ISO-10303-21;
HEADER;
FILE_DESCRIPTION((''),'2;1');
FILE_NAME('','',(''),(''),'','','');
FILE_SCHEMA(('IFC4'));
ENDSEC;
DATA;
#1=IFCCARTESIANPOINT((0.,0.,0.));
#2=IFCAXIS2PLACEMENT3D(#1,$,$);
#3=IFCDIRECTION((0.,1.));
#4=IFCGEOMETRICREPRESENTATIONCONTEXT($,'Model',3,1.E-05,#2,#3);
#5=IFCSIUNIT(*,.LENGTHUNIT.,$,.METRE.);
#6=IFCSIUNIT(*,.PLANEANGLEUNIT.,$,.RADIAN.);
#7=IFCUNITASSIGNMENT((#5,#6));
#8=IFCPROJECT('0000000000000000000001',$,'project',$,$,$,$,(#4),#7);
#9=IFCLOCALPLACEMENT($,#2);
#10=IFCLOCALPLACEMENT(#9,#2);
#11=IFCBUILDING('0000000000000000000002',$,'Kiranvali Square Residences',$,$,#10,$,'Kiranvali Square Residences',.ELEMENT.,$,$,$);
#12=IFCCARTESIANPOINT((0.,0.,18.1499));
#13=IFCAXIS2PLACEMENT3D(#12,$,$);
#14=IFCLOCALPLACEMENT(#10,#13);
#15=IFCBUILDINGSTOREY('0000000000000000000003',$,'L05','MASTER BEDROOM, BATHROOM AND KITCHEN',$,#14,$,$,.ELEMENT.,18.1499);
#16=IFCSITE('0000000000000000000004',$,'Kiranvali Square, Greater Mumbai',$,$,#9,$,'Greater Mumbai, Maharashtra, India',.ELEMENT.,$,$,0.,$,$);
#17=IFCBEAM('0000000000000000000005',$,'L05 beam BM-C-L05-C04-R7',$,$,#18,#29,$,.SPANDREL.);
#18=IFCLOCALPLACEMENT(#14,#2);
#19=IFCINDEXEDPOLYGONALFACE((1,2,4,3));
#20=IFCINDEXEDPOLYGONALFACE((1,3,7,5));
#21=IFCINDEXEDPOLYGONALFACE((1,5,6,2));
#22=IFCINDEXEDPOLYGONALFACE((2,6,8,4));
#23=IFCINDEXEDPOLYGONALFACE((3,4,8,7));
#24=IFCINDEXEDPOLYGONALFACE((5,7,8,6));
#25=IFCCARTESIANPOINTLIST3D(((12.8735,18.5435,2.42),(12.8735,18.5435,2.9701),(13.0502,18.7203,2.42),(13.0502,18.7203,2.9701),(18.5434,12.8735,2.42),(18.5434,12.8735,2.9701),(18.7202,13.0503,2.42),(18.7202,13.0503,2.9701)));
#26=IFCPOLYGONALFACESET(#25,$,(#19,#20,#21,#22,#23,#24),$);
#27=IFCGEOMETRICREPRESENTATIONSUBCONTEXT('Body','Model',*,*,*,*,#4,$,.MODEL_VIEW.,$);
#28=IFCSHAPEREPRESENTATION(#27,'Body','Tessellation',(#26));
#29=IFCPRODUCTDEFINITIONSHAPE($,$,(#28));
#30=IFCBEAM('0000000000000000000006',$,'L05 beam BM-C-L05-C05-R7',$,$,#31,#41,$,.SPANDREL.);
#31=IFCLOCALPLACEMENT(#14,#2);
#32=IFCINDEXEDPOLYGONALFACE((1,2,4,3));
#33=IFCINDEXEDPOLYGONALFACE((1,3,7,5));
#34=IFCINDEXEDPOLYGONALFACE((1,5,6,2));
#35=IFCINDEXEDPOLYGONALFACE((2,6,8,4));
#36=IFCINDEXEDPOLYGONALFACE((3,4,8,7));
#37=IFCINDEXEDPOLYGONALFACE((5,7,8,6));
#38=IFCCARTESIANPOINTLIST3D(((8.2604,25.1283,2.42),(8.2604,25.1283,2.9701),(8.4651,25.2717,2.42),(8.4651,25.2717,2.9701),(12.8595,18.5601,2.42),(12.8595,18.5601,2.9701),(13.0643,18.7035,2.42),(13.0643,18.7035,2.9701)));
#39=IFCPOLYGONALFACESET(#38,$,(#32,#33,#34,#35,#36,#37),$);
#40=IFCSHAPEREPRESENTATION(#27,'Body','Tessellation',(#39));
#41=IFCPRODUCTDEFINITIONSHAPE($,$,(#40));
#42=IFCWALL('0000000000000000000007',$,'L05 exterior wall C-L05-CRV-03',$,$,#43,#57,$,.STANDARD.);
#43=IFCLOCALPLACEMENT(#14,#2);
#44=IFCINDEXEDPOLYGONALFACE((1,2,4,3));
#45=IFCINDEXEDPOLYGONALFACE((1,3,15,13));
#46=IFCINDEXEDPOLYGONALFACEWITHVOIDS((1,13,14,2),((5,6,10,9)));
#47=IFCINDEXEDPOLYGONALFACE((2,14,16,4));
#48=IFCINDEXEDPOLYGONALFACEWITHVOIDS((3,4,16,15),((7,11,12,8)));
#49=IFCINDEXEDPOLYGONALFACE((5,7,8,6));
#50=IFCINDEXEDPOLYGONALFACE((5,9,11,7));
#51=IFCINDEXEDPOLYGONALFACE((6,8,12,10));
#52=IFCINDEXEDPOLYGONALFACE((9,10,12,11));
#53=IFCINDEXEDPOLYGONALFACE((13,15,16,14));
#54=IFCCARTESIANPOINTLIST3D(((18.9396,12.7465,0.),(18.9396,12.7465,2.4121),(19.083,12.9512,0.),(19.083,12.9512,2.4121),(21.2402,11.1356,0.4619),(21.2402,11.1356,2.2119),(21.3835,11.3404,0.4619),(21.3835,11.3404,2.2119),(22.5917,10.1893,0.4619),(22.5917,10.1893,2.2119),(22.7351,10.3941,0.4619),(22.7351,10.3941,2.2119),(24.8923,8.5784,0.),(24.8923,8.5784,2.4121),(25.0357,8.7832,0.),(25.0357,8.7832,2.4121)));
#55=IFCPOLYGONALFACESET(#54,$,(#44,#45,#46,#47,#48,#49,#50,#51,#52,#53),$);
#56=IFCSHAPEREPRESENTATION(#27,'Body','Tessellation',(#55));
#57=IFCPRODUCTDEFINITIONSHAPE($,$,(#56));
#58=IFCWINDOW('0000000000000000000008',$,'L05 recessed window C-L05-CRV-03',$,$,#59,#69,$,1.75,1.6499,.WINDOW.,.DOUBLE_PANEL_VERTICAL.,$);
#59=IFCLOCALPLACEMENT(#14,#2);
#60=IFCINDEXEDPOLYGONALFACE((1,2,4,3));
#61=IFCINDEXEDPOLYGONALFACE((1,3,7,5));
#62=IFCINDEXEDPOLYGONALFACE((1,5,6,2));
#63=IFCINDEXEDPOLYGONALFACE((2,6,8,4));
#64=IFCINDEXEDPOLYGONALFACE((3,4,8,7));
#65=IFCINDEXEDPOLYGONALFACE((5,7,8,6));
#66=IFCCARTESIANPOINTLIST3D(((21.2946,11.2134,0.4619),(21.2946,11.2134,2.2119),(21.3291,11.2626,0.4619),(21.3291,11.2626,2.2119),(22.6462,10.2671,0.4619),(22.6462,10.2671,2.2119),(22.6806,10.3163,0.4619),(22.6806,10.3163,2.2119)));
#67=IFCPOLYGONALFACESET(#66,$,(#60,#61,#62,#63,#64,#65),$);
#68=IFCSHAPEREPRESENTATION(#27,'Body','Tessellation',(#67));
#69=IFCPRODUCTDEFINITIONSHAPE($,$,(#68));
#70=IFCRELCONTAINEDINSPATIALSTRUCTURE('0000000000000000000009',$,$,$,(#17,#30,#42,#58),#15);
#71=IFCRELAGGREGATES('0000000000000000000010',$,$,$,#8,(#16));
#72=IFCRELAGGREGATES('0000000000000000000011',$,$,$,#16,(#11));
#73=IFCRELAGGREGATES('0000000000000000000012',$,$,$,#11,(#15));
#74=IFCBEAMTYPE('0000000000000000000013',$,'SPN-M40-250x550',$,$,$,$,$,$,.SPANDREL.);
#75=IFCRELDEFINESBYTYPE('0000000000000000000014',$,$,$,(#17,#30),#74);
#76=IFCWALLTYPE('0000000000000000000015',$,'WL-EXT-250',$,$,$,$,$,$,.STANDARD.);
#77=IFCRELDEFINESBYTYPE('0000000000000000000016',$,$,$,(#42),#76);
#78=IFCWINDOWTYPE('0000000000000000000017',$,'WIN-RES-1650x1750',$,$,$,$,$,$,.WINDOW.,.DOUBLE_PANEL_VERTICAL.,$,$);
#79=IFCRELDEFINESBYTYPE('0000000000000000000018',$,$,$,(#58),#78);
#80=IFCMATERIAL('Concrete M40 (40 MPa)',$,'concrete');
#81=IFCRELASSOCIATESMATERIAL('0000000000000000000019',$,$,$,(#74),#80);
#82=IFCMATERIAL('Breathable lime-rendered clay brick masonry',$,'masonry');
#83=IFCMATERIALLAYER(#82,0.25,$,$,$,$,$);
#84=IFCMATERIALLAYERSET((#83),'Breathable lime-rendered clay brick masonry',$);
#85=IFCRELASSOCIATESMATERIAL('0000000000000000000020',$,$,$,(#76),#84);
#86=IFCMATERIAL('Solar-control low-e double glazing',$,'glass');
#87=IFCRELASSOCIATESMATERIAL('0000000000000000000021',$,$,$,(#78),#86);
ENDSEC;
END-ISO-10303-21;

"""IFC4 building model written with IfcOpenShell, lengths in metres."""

from ifc_helpers import new_model, si_unit, direction, frame, frame_2d, origin, origin_2d, place, context, subcontext, project, spatial, rectangle, extrude, material, layer, layer_set, material_profile, profile_set, type_object, element, fill, save


model = new_model("IFC4")

# Units and contexts
model_context = context("Model", 3, precision=1e-05, world=origin(), true_north=direction((0.0, 1.0)))
body_context = subcontext(model_context, "Body", "Model", "MODEL_VIEW")
ifc_project = project(units=[si_unit("LENGTHUNIT", "METRE"), si_unit("PLANEANGLEUNIT", "RADIAN")], contexts=[model_context])

# Site, building, storey
site_placement = place(None, origin())
site = spatial("IfcSite", under=ifc_project, at=site_placement, Name="Kiranvali Square, Greater Mumbai", LongName="Greater Mumbai, Maharashtra, India", CompositionType="ELEMENT", RefElevation=0.0)
building_placement = place(site_placement, origin())
building = spatial("IfcBuilding", under=site, at=building_placement, Name="Kiranvali Square Residences", LongName="Kiranvali Square Residences", CompositionType="ELEMENT")
storey_placement = place(building_placement, frame((0.0, 0.0, 18.1499)))
storey = spatial("IfcBuildingStorey", under=building, at=storey_placement, Name="L05", Description="MASTER BEDROOM, BATHROOM AND KITCHEN", CompositionType="ELEMENT", Elevation=18.1499)

# Beams
ifc_material_1 = material(Name="Concrete M40 (40 MPa)", Category="concrete")
ifc_material_profile_1 = material_profile(ifc_material_1, rectangle(XDim=0.25, YDim=0.55, at=origin_2d()), Name="RC 250x550")
ifc_profile_set_1 = profile_set([ifc_material_profile_1], Name="Concrete M40 (40 MPa)")
beam_type_1 = type_object("IfcBeamType", Name="SPN-M40-250x550", PredefinedType="SPANDREL", material=ifc_profile_set_1)
beam_1_placement = place(storey_placement, frame((18.6318, 12.9619, 2.6951), z_axis=(-0.707107, 0.707107, 0.0), x_axis=(-0.707107, -0.707107, 0.0)))
element("IfcBeam", 1, at=beam_1_placement, inside=storey, type_object=beam_type_1, Name="L05 beam BM-C-L05-C04-R7", PredefinedType="SPANDREL", context=body_context, shape_type="SweptSolid", body=[
    extrude(rectangle(XDim=0.25, YDim=0.55, at=origin_2d()), origin(), (0.0, 0.0, 1.0), 8.0186),
])
beam_2_placement = place(storey_placement, frame((12.9619, 18.6318, 2.6951), z_axis=(-0.573583, 0.819148, 0.0), x_axis=(-0.819148, -0.573583, 0.0)))
element("IfcBeam", 2, at=beam_2_placement, inside=storey, type_object=beam_type_1, Name="L05 beam BM-C-L05-C05-R7", PredefinedType="SPANDREL", context=body_context, shape_type="SweptSolid", body=[
    extrude(rectangle(XDim=0.25, YDim=0.55, at=origin_2d()), origin(), (0.0, 0.0, 1.0), 8.0183),
])

# Wall, opening, window
ifc_material_2 = material(Name="Breathable lime-rendered clay brick masonry", Category="masonry")
ifc_layer = layer(ifc_material_2, 0.25)
ifc_layer_set = layer_set([ifc_layer], Name="Breathable lime-rendered clay brick masonry")
wall_type = type_object("IfcWallType", Name="WL-EXT-250", PredefinedType="STANDARD", material=ifc_layer_set)
wall_1_placement = place(storey_placement, frame((24.9639, 8.6809, 0.0), z_axis=(0.0, 0.0, 1.0), x_axis=(-0.819159, 0.573566, 0.0)))
wall_1 = element("IfcWall", 3, at=wall_1_placement, inside=storey, type_object=wall_type, Name="L05 exterior wall C-L05-CRV-03", PredefinedType="STANDARD", context=body_context, shape_type="SweptSolid", body=[
    extrude(rectangle(XDim=7.2668, YDim=0.25, at=frame_2d((3.6333, 0.0))), origin(), (0.0, 0.0, 1.0), 2.4121),
])
opening_1_placement = place(wall_1_placement, frame((2.8083, 0.0, 0.4619)))
opening_1 = element("IfcOpeningElement", 4, at=opening_1_placement, cuts=wall_1, PredefinedType="OPENING", context=body_context, shape_type="SweptSolid", body=[
    extrude(rectangle(XDim=1.6499, YDim=1.75, at=frame_2d((0.825, 0.875))), frame((0.0, 0.135, 0.0), z_axis=(0.0, -1.0, 0.0), x_axis=(1.0, 0.0, 0.0)), (0.0, 0.0, 1.0), 0.27),
])
ifc_material_3 = material(Name="Solar-control low-e double glazing", Category="glass")
window_type_1 = type_object("IfcWindowType", Name="WIN-RES-1650x1750", PartitioningType="DOUBLE_PANEL_VERTICAL", PredefinedType="WINDOW", material=ifc_material_3)
window_1_placement = place(opening_1_placement, origin())
window_1 = element("IfcWindow", 5, at=window_1_placement, inside=storey, type_object=window_type_1, Name="L05 recessed window C-L05-CRV-03", OverallHeight=1.75, OverallWidth=1.6499, PartitioningType="DOUBLE_PANEL_VERTICAL", PredefinedType="WINDOW", context=body_context, shape_type="SweptSolid", body=[
    extrude(rectangle(XDim=1.6499, YDim=1.75, at=frame_2d((0.825, 0.875))), frame((0.0, 0.03, 0.0), z_axis=(0.0, -1.0, 0.0), x_axis=(1.0, 0.0, 0.0)), (0.0, 0.0, 1.0), 0.0601),
])
fill(opening_1, window_1)

save(model, "model.ifc")
